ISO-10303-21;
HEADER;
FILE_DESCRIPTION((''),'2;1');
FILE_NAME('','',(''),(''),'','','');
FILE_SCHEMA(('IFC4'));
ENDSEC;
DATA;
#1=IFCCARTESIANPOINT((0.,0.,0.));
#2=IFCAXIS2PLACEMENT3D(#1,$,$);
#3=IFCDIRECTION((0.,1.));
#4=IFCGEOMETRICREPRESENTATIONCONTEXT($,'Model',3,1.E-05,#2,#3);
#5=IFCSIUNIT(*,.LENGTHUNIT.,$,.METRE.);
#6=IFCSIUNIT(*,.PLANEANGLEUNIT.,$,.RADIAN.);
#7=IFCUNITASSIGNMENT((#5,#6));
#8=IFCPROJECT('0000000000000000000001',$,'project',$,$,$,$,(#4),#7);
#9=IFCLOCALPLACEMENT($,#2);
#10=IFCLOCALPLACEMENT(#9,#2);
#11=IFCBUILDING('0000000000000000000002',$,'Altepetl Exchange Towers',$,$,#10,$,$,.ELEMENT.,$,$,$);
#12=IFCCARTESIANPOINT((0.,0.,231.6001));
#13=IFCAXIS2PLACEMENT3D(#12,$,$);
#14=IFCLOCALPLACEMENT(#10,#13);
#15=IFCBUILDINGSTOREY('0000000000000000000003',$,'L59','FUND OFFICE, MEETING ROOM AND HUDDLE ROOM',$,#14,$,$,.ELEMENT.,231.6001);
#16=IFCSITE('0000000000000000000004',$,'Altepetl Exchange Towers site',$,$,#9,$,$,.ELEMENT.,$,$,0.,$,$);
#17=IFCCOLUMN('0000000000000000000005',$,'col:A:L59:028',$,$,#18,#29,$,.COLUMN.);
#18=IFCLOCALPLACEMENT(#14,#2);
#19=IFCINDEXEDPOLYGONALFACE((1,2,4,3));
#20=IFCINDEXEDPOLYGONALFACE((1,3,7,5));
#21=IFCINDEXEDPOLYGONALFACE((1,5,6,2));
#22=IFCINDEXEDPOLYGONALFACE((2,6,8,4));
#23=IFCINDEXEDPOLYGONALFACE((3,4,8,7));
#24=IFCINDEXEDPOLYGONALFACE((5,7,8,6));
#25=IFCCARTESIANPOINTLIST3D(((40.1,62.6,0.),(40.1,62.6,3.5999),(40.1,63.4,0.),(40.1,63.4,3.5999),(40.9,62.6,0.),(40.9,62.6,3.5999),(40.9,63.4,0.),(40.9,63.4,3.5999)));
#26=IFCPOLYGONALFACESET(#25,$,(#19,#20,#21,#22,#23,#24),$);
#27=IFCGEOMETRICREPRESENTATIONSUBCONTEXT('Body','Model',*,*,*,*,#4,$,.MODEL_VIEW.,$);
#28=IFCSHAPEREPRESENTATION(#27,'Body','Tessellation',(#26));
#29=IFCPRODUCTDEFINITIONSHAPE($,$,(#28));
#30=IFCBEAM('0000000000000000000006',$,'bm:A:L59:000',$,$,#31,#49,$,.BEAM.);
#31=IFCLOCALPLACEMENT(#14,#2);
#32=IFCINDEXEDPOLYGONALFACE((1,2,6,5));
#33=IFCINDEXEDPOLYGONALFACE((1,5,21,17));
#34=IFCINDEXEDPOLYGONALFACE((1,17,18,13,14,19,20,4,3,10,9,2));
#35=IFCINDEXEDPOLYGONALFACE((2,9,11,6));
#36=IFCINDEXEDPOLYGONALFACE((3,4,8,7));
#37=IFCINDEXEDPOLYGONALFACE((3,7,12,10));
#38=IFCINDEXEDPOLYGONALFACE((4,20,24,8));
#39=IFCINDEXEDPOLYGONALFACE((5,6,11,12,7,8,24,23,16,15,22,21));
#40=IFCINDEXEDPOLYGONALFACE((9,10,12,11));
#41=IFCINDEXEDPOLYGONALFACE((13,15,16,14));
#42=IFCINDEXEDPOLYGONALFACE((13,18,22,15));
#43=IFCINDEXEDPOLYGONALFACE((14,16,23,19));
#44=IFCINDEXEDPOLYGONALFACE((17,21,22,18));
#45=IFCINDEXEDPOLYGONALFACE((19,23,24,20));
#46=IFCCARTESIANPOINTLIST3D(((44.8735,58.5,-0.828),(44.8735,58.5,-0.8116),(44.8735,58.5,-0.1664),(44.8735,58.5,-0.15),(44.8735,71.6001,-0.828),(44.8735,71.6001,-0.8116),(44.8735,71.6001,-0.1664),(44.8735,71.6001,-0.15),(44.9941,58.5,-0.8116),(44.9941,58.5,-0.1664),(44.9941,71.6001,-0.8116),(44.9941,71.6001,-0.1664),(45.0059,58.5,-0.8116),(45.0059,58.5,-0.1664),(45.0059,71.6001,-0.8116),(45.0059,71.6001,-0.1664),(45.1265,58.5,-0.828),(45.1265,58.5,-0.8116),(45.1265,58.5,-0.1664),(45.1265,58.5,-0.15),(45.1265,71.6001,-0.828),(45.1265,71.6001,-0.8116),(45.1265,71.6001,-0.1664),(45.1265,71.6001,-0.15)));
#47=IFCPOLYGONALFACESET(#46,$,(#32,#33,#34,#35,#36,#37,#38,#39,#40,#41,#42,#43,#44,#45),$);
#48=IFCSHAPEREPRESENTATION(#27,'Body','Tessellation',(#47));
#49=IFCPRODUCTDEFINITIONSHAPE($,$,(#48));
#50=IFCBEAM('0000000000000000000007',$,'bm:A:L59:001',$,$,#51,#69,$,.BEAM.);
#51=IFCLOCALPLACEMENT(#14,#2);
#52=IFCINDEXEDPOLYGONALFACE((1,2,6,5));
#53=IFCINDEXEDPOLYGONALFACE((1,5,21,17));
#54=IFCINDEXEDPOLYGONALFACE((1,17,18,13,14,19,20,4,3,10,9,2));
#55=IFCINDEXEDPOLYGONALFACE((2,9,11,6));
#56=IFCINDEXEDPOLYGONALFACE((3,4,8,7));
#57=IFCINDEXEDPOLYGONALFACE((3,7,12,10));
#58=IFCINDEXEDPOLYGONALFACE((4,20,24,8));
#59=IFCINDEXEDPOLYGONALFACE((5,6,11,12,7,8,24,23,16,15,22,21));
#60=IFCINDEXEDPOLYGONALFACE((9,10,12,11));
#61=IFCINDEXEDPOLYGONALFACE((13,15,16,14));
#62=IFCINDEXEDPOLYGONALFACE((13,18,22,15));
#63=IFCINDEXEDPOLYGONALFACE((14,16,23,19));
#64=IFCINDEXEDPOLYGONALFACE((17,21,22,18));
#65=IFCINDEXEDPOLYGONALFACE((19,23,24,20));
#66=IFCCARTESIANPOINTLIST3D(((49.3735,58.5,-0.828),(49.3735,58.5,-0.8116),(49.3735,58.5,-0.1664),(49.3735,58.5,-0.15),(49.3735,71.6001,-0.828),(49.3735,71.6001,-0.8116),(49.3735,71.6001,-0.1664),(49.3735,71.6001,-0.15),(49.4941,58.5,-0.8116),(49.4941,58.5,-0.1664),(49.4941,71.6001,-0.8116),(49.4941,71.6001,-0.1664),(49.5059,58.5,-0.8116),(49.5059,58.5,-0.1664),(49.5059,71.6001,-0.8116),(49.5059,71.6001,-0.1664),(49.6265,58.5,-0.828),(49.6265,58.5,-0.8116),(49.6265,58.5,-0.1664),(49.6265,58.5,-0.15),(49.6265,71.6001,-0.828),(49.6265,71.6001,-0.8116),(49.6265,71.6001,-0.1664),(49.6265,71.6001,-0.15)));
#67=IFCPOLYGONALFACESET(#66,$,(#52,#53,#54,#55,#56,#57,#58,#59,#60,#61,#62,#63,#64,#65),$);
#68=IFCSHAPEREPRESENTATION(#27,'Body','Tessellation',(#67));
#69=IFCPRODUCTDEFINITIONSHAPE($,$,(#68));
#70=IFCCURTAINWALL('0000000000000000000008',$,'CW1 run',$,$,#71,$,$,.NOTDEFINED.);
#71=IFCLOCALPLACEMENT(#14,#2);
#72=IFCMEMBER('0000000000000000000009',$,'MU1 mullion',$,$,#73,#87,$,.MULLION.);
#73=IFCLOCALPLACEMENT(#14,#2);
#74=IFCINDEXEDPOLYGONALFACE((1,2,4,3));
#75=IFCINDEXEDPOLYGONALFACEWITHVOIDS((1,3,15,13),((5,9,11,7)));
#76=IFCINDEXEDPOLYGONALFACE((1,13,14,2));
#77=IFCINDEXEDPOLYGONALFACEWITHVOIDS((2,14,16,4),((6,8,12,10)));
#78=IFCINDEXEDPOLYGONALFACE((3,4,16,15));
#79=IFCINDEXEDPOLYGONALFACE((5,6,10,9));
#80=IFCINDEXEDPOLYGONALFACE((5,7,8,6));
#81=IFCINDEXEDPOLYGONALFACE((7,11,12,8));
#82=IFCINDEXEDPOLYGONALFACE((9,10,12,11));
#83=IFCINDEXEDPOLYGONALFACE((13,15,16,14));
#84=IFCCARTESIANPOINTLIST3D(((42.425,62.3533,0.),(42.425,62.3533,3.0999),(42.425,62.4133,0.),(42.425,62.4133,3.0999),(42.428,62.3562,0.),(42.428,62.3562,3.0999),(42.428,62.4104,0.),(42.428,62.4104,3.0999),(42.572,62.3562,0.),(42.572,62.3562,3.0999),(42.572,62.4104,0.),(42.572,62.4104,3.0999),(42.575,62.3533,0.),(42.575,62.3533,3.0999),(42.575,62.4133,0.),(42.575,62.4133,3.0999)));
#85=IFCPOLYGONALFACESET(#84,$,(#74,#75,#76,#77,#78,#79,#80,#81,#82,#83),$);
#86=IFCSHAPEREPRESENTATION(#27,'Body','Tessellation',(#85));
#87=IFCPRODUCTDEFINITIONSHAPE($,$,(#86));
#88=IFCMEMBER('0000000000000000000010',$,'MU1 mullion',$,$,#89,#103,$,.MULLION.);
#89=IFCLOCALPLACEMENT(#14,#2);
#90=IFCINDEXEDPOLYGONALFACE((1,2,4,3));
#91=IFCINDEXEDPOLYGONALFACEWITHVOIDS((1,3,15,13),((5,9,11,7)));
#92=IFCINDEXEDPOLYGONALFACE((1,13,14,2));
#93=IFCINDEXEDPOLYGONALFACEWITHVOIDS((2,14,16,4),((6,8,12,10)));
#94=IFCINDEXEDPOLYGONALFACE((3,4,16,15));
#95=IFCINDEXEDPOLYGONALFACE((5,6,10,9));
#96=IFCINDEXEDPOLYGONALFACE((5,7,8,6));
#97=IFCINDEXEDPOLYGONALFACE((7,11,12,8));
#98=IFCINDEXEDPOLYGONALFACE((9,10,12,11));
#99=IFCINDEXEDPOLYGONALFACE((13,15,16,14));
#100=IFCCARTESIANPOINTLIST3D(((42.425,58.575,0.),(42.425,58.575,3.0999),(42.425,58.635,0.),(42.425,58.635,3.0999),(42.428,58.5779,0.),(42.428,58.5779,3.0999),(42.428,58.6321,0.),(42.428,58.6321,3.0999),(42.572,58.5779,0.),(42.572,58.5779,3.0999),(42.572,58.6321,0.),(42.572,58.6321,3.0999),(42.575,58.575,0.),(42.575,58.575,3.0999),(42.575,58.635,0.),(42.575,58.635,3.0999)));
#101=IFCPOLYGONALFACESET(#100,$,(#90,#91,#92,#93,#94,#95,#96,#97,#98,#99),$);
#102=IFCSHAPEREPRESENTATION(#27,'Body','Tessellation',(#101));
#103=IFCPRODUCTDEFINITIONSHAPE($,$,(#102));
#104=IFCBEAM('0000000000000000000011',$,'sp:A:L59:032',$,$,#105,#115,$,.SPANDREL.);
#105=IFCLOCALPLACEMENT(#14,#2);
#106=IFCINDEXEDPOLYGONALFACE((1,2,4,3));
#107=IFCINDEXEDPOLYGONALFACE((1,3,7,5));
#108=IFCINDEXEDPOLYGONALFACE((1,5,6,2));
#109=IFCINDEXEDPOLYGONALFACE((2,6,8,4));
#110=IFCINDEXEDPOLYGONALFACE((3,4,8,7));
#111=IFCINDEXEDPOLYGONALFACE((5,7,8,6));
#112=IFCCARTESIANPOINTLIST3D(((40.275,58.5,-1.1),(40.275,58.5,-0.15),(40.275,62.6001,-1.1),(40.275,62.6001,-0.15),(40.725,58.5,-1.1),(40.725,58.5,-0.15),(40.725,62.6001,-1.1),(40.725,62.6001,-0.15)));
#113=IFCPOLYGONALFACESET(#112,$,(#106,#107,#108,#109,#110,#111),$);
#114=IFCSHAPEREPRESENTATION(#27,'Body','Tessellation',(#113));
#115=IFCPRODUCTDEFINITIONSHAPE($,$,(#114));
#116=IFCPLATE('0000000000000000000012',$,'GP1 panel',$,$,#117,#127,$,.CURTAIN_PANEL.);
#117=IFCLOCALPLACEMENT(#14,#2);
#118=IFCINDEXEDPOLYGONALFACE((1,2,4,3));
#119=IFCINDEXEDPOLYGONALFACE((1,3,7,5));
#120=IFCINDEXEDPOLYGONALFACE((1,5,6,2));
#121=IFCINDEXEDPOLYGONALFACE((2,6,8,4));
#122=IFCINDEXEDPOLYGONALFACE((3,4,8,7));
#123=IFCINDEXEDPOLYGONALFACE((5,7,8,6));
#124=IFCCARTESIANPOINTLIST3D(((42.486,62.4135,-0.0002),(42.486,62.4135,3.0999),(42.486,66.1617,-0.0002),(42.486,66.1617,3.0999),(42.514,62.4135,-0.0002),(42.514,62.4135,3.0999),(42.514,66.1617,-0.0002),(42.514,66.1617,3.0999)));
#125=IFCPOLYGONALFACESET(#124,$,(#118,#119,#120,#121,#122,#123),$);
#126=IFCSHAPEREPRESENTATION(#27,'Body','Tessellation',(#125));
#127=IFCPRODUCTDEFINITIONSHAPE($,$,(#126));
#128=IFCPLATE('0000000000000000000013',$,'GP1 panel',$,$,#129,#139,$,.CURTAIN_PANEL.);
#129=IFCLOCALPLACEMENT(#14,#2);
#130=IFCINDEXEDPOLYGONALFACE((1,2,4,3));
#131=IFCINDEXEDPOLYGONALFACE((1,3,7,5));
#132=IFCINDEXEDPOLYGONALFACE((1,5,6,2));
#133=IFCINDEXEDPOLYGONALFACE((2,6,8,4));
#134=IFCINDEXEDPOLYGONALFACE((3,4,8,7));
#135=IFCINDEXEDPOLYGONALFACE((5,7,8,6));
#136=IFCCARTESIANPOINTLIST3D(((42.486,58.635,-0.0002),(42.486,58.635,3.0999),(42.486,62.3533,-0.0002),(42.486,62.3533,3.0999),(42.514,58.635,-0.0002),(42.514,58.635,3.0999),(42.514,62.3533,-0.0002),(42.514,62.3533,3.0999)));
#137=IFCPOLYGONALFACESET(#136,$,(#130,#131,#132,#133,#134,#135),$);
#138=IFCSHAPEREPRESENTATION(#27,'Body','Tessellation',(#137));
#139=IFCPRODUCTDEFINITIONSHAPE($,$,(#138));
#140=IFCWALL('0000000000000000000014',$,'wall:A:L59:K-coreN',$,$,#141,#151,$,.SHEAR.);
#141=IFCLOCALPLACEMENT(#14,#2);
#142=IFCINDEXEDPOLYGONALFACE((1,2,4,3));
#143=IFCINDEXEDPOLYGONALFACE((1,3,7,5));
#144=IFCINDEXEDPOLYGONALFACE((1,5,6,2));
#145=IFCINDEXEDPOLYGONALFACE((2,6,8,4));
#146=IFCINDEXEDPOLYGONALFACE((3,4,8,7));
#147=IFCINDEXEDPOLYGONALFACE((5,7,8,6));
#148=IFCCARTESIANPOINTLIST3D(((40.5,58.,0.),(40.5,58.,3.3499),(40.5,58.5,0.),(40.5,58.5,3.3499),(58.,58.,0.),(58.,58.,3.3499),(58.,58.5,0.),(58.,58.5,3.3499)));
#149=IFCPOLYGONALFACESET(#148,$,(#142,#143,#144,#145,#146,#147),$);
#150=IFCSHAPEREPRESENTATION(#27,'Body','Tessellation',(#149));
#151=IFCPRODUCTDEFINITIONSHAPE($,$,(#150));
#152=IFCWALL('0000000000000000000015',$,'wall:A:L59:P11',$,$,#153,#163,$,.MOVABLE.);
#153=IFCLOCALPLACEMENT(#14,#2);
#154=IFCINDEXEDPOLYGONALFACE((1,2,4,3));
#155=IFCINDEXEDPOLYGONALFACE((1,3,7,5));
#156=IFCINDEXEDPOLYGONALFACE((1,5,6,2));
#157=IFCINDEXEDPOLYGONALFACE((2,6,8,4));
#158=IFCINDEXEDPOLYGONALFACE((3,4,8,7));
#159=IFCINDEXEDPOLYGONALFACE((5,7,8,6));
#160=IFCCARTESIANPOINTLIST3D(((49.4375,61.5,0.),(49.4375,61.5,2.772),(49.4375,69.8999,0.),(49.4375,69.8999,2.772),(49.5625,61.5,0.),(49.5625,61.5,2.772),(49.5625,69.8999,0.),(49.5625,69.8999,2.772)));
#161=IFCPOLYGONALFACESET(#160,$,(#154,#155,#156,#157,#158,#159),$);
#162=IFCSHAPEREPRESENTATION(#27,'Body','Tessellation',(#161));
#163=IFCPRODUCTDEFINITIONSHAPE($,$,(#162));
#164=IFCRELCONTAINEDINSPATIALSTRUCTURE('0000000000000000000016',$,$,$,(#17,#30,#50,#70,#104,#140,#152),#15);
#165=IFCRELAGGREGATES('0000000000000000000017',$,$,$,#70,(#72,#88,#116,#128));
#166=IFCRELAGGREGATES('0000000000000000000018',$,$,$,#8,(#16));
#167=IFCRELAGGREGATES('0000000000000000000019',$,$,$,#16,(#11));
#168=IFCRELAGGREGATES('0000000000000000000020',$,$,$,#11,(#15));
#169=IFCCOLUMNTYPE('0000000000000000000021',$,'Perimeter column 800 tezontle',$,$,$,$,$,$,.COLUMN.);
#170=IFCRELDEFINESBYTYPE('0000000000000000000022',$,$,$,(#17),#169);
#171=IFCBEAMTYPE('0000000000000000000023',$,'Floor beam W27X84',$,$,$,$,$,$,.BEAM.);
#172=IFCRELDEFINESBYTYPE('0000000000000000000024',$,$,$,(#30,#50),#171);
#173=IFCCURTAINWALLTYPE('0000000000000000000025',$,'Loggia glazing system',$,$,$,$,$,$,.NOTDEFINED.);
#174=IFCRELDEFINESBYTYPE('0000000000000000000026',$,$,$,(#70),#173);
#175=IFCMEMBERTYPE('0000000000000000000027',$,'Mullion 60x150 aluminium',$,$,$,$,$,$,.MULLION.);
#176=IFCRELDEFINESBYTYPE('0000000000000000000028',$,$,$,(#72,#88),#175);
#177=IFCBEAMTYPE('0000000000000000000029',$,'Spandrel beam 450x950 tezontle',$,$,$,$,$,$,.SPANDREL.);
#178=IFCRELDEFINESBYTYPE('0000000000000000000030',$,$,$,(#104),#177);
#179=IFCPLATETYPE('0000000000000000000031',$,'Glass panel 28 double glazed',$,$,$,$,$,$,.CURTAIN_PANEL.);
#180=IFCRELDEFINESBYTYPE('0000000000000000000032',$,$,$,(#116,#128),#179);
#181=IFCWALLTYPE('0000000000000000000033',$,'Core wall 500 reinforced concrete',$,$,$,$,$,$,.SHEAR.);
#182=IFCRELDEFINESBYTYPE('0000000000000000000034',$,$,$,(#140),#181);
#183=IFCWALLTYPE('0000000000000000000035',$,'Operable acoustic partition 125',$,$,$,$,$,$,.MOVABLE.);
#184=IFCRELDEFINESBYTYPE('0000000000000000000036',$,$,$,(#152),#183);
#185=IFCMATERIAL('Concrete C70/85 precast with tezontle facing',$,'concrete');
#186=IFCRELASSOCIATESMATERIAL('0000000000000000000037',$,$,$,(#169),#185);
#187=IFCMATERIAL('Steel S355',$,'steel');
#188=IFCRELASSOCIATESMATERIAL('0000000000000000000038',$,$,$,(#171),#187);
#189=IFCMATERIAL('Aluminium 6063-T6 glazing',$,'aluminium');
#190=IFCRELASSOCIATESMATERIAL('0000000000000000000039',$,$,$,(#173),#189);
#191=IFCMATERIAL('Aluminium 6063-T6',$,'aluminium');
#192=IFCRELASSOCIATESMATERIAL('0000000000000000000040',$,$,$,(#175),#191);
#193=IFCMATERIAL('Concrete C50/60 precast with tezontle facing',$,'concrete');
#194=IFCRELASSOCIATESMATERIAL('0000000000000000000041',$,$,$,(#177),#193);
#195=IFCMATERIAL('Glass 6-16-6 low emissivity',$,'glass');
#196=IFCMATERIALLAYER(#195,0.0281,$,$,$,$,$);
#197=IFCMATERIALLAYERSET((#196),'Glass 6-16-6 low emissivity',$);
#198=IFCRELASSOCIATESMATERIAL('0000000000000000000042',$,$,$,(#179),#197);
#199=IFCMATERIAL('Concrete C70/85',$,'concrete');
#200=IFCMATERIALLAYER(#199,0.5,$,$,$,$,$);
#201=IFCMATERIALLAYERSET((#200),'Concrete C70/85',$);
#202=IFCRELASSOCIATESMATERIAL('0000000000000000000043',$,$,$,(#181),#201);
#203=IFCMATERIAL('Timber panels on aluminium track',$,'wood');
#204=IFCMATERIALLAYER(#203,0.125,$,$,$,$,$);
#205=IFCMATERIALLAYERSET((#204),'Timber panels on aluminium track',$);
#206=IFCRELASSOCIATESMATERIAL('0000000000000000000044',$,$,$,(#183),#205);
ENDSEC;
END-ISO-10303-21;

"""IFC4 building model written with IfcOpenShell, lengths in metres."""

from ifc_helpers import new_model, si_unit, direction, frame, frame_2d, origin, origin_2d, place, context, subcontext, project, spatial, rectangle, hollow_rectangle, i_section, extrude, material, layer, layer_set, material_profile, profile_set, type_object, element, aggregate, save


model = new_model("IFC4")

# Units and contexts
model_context = context("Model", 3, precision=1e-05, world=origin(), true_north=direction((0.0, 1.0)))
body_context = subcontext(model_context, "Body", "Model", "MODEL_VIEW")
ifc_project = project(units=[si_unit("LENGTHUNIT", "METRE"), si_unit("PLANEANGLEUNIT", "RADIAN")], contexts=[model_context])

# Site, building, storey
site_placement = place(None, origin())
site = spatial("IfcSite", under=ifc_project, at=site_placement, Name="Altepetl Exchange Towers site", CompositionType="ELEMENT", RefElevation=0.0)
building_placement = place(site_placement, origin())
building = spatial("IfcBuilding", under=site, at=building_placement, Name="Altepetl Exchange Towers", CompositionType="ELEMENT")
storey_placement = place(building_placement, frame((0.0, 0.0, 231.6001)))
storey = spatial("IfcBuildingStorey", under=building, at=storey_placement, Name="L59", Description="FUND OFFICE, MEETING ROOM AND HUDDLE ROOM", CompositionType="ELEMENT", Elevation=231.6001)

# Column
ifc_material_1 = material(Name="Concrete C70/85 precast with tezontle facing", Category="concrete")
ifc_material_profile_1 = material_profile(ifc_material_1, rectangle(XDim=0.8, YDim=0.8, at=origin_2d()), Name="800 x 800")
ifc_profile_set_1 = profile_set([ifc_material_profile_1], Name="Concrete C70/85 precast with tezontle facing")
column_type = type_object("IfcColumnType", Name="Perimeter column 800 tezontle", PredefinedType="COLUMN", material=ifc_profile_set_1)
column_placement = place(storey_placement, frame((40.5, 63.0, 0.0)))
element("IfcColumn", 1, at=column_placement, inside=storey, type_object=column_type, Name="col:A:L59:028", PredefinedType="COLUMN", context=body_context, shape_type="SweptSolid", body=[
    extrude(rectangle(XDim=0.8, YDim=0.8, at=origin_2d()), origin(), (0.0, 0.0, 1.0), 3.5999),
])

# Beams
ifc_material_2 = material(Name="Steel S355", Category="steel")
ifc_material_profile_2 = material_profile(ifc_material_2, i_section(OverallWidth=0.2529, OverallDepth=0.678, WebThickness=0.0117, FlangeThickness=0.0164, at=origin_2d()), Name="W27X84")
ifc_profile_set_2 = profile_set([ifc_material_profile_2], Name="Steel S355")
beam_type_1 = type_object("IfcBeamType", Name="Floor beam W27X84", PredefinedType="BEAM", material=ifc_profile_set_2)
for number, where, z_axis, x_axis, name in (
    (2, (45.0, 58.5, -0.489), (0.0, 1.0, 0.0), (-1.0, 0.0, 0.0), "bm:A:L59:000"),
    (3, (49.5, 58.5, -0.489), (0.0, 1.0, 0.0), (-1.0, 0.0, 0.0), "bm:A:L59:001"),
):
    element("IfcBeam", number, at=place(storey_placement, frame(where, z_axis=z_axis, x_axis=x_axis)), inside=storey, type_object=beam_type_1, Name=name, PredefinedType="BEAM", context=body_context, shape_type="SweptSolid", body=[
        extrude(i_section(OverallWidth=0.2529, OverallDepth=0.678, WebThickness=0.0117, FlangeThickness=0.0164, at=origin_2d()), origin(), (0.0, 0.0, 1.0), 13.1001),
    ])

# Curtain wall, members
ifc_material_3 = material(Name="Aluminium 6063-T6 glazing", Category="aluminium")
curtain_wall_type = type_object("IfcCurtainWallType", Name="Loggia glazing system", PredefinedType="NOTDEFINED", material=ifc_material_3)
curtain_wall_placement = place(storey_placement, origin())
curtain_wall = element("IfcCurtainWall", 4, at=curtain_wall_placement, inside=storey, type_object=curtain_wall_type, Name="CW1 run", PredefinedType="NOTDEFINED")
ifc_material_4 = material(Name="Aluminium 6063-T6", Category="aluminium")
ifc_material_profile_3 = material_profile(ifc_material_4, hollow_rectangle(XDim=0.0601, YDim=0.1499, WallThickness=0.0029, at=origin_2d()), Name="Mullion 60x150 aluminium")
ifc_profile_set_3 = profile_set([ifc_material_profile_3], Name="Aluminium 6063-T6")
member_type = type_object("IfcMemberType", Name="Mullion 60x150 aluminium", PredefinedType="MULLION", material=ifc_profile_set_3)
member_1_placement = place(storey_placement, frame((42.5, 62.3833, 0.0), z_axis=(0.0, 0.0, 1.0), x_axis=(0.0, -1.0, 0.0)))
member_1 = element("IfcMember", 5, at=member_1_placement, type_object=member_type, Name="MU1 mullion", PredefinedType="MULLION", context=body_context, shape_type="SweptSolid", body=[
    extrude(hollow_rectangle(XDim=0.0601, YDim=0.1499, WallThickness=0.0029, at=origin_2d()), origin(), (0.0, 0.0, 1.0), 3.0999),
])
member_2_placement = place(storey_placement, frame((42.5, 58.605, 0.0), z_axis=(0.0, 0.0, 1.0), x_axis=(0.0, -1.0, 0.0)))
member_2 = element("IfcMember", 6, at=member_2_placement, type_object=member_type, Name="MU1 mullion", PredefinedType="MULLION", context=body_context, shape_type="SweptSolid", body=[
    extrude(hollow_rectangle(XDim=0.0601, YDim=0.1499, WallThickness=0.0029, at=origin_2d()), origin(), (0.0, 0.0, 1.0), 3.0999),
])

# Beam
ifc_material_5 = material(Name="Concrete C50/60 precast with tezontle facing", Category="concrete")
ifc_material_profile_4 = material_profile(ifc_material_5, rectangle(XDim=0.45, YDim=0.95, at=origin_2d()), Name="450 x 950")
ifc_profile_set_4 = profile_set([ifc_material_profile_4], Name="Concrete C50/60 precast with tezontle facing")
beam_type_2 = type_object("IfcBeamType", Name="Spandrel beam 450x950 tezontle", PredefinedType="SPANDREL", material=ifc_profile_set_4)
beam_placement = place(storey_placement, frame((40.5, 62.6001, -0.625), z_axis=(0.0, -1.0, 0.0), x_axis=(1.0, 0.0, 0.0)))
element("IfcBeam", 7, at=beam_placement, inside=storey, type_object=beam_type_2, Name="sp:A:L59:032", PredefinedType="SPANDREL", context=body_context, shape_type="SweptSolid", body=[
    extrude(rectangle(XDim=0.45, YDim=0.95, at=origin_2d()), origin(), (0.0, 0.0, 1.0), 4.1001),
])

# Plates
ifc_material_6 = material(Name="Glass 6-16-6 low emissivity", Category="glass")
ifc_layer_1 = layer(ifc_material_6, 0.0281)
ifc_layer_set_1 = layer_set([ifc_layer_1], Name="Glass 6-16-6 low emissivity")
plate_type = type_object("IfcPlateType", Name="Glass panel 28 double glazed", PredefinedType="CURTAIN_PANEL", material=ifc_layer_set_1)
plate_1_placement = place(storey_placement, frame((42.5, 64.2876, -0.0002), z_axis=(0.0, 0.0, 1.0), x_axis=(0.0, -1.0, 0.0)))
plate_1 = element("IfcPlate", 8, at=plate_1_placement, type_object=plate_type, Name="GP1 panel", PredefinedType="CURTAIN_PANEL", context=body_context, shape_type="SweptSolid", body=[
    extrude(rectangle(XDim=3.7483, YDim=0.0281, at=origin_2d()), origin(), (0.0, 0.0, 1.0), 3.1001),
])
plate_2_placement = place(storey_placement, frame((42.5, 60.4941, -0.0002), z_axis=(0.0, 0.0, 1.0), x_axis=(0.0, -1.0, 0.0)))
plate_2 = element("IfcPlate", 9, at=plate_2_placement, type_object=plate_type, Name="GP1 panel", PredefinedType="CURTAIN_PANEL", context=body_context, shape_type="SweptSolid", body=[
    extrude(rectangle(XDim=3.7183, YDim=0.0281, at=origin_2d()), origin(), (0.0, 0.0, 1.0), 3.1001),
])
aggregate(curtain_wall, [member_1, member_2, plate_1, plate_2])

# Walls
ifc_material_7 = material(Name="Concrete C70/85", Category="concrete")
ifc_layer_2 = layer(ifc_material_7, 0.5)
ifc_layer_set_2 = layer_set([ifc_layer_2], Name="Concrete C70/85")
wall_type_1 = type_object("IfcWallType", Name="Core wall 500 reinforced concrete", PredefinedType="SHEAR", material=ifc_layer_set_2)
wall_1_placement = place(storey_placement, frame((40.5, 58.25, 0.0)))
element("IfcWall", 10, at=wall_1_placement, inside=storey, type_object=wall_type_1, Name="wall:A:L59:K-coreN", PredefinedType="SHEAR", context=body_context, shape_type="SweptSolid", body=[
    extrude(rectangle(XDim=17.5, YDim=0.5, at=frame_2d((8.75, 0.0))), origin(), (0.0, 0.0, 1.0), 3.3499),
])
ifc_material_8 = material(Name="Timber panels on aluminium track", Category="wood")
ifc_layer_3 = layer(ifc_material_8, 0.125)
ifc_layer_set_3 = layer_set([ifc_layer_3], Name="Timber panels on aluminium track")
wall_type_2 = type_object("IfcWallType", Name="Operable acoustic partition 125", PredefinedType="MOVABLE", material=ifc_layer_set_3)
wall_2_placement = place(storey_placement, frame((49.5, 61.5, 0.0), z_axis=(0.0, 0.0, 1.0), x_axis=(0.0, 1.0, 0.0)))
element("IfcWall", 11, at=wall_2_placement, inside=storey, type_object=wall_type_2, Name="wall:A:L59:P11", PredefinedType="MOVABLE", context=body_context, shape_type="SweptSolid", body=[
    extrude(rectangle(XDim=8.3999, YDim=0.125, at=frame_2d((4.2, 0.0))), origin(), (0.0, 0.0, 1.0), 2.772),
])

save(model, "model.ifc")
